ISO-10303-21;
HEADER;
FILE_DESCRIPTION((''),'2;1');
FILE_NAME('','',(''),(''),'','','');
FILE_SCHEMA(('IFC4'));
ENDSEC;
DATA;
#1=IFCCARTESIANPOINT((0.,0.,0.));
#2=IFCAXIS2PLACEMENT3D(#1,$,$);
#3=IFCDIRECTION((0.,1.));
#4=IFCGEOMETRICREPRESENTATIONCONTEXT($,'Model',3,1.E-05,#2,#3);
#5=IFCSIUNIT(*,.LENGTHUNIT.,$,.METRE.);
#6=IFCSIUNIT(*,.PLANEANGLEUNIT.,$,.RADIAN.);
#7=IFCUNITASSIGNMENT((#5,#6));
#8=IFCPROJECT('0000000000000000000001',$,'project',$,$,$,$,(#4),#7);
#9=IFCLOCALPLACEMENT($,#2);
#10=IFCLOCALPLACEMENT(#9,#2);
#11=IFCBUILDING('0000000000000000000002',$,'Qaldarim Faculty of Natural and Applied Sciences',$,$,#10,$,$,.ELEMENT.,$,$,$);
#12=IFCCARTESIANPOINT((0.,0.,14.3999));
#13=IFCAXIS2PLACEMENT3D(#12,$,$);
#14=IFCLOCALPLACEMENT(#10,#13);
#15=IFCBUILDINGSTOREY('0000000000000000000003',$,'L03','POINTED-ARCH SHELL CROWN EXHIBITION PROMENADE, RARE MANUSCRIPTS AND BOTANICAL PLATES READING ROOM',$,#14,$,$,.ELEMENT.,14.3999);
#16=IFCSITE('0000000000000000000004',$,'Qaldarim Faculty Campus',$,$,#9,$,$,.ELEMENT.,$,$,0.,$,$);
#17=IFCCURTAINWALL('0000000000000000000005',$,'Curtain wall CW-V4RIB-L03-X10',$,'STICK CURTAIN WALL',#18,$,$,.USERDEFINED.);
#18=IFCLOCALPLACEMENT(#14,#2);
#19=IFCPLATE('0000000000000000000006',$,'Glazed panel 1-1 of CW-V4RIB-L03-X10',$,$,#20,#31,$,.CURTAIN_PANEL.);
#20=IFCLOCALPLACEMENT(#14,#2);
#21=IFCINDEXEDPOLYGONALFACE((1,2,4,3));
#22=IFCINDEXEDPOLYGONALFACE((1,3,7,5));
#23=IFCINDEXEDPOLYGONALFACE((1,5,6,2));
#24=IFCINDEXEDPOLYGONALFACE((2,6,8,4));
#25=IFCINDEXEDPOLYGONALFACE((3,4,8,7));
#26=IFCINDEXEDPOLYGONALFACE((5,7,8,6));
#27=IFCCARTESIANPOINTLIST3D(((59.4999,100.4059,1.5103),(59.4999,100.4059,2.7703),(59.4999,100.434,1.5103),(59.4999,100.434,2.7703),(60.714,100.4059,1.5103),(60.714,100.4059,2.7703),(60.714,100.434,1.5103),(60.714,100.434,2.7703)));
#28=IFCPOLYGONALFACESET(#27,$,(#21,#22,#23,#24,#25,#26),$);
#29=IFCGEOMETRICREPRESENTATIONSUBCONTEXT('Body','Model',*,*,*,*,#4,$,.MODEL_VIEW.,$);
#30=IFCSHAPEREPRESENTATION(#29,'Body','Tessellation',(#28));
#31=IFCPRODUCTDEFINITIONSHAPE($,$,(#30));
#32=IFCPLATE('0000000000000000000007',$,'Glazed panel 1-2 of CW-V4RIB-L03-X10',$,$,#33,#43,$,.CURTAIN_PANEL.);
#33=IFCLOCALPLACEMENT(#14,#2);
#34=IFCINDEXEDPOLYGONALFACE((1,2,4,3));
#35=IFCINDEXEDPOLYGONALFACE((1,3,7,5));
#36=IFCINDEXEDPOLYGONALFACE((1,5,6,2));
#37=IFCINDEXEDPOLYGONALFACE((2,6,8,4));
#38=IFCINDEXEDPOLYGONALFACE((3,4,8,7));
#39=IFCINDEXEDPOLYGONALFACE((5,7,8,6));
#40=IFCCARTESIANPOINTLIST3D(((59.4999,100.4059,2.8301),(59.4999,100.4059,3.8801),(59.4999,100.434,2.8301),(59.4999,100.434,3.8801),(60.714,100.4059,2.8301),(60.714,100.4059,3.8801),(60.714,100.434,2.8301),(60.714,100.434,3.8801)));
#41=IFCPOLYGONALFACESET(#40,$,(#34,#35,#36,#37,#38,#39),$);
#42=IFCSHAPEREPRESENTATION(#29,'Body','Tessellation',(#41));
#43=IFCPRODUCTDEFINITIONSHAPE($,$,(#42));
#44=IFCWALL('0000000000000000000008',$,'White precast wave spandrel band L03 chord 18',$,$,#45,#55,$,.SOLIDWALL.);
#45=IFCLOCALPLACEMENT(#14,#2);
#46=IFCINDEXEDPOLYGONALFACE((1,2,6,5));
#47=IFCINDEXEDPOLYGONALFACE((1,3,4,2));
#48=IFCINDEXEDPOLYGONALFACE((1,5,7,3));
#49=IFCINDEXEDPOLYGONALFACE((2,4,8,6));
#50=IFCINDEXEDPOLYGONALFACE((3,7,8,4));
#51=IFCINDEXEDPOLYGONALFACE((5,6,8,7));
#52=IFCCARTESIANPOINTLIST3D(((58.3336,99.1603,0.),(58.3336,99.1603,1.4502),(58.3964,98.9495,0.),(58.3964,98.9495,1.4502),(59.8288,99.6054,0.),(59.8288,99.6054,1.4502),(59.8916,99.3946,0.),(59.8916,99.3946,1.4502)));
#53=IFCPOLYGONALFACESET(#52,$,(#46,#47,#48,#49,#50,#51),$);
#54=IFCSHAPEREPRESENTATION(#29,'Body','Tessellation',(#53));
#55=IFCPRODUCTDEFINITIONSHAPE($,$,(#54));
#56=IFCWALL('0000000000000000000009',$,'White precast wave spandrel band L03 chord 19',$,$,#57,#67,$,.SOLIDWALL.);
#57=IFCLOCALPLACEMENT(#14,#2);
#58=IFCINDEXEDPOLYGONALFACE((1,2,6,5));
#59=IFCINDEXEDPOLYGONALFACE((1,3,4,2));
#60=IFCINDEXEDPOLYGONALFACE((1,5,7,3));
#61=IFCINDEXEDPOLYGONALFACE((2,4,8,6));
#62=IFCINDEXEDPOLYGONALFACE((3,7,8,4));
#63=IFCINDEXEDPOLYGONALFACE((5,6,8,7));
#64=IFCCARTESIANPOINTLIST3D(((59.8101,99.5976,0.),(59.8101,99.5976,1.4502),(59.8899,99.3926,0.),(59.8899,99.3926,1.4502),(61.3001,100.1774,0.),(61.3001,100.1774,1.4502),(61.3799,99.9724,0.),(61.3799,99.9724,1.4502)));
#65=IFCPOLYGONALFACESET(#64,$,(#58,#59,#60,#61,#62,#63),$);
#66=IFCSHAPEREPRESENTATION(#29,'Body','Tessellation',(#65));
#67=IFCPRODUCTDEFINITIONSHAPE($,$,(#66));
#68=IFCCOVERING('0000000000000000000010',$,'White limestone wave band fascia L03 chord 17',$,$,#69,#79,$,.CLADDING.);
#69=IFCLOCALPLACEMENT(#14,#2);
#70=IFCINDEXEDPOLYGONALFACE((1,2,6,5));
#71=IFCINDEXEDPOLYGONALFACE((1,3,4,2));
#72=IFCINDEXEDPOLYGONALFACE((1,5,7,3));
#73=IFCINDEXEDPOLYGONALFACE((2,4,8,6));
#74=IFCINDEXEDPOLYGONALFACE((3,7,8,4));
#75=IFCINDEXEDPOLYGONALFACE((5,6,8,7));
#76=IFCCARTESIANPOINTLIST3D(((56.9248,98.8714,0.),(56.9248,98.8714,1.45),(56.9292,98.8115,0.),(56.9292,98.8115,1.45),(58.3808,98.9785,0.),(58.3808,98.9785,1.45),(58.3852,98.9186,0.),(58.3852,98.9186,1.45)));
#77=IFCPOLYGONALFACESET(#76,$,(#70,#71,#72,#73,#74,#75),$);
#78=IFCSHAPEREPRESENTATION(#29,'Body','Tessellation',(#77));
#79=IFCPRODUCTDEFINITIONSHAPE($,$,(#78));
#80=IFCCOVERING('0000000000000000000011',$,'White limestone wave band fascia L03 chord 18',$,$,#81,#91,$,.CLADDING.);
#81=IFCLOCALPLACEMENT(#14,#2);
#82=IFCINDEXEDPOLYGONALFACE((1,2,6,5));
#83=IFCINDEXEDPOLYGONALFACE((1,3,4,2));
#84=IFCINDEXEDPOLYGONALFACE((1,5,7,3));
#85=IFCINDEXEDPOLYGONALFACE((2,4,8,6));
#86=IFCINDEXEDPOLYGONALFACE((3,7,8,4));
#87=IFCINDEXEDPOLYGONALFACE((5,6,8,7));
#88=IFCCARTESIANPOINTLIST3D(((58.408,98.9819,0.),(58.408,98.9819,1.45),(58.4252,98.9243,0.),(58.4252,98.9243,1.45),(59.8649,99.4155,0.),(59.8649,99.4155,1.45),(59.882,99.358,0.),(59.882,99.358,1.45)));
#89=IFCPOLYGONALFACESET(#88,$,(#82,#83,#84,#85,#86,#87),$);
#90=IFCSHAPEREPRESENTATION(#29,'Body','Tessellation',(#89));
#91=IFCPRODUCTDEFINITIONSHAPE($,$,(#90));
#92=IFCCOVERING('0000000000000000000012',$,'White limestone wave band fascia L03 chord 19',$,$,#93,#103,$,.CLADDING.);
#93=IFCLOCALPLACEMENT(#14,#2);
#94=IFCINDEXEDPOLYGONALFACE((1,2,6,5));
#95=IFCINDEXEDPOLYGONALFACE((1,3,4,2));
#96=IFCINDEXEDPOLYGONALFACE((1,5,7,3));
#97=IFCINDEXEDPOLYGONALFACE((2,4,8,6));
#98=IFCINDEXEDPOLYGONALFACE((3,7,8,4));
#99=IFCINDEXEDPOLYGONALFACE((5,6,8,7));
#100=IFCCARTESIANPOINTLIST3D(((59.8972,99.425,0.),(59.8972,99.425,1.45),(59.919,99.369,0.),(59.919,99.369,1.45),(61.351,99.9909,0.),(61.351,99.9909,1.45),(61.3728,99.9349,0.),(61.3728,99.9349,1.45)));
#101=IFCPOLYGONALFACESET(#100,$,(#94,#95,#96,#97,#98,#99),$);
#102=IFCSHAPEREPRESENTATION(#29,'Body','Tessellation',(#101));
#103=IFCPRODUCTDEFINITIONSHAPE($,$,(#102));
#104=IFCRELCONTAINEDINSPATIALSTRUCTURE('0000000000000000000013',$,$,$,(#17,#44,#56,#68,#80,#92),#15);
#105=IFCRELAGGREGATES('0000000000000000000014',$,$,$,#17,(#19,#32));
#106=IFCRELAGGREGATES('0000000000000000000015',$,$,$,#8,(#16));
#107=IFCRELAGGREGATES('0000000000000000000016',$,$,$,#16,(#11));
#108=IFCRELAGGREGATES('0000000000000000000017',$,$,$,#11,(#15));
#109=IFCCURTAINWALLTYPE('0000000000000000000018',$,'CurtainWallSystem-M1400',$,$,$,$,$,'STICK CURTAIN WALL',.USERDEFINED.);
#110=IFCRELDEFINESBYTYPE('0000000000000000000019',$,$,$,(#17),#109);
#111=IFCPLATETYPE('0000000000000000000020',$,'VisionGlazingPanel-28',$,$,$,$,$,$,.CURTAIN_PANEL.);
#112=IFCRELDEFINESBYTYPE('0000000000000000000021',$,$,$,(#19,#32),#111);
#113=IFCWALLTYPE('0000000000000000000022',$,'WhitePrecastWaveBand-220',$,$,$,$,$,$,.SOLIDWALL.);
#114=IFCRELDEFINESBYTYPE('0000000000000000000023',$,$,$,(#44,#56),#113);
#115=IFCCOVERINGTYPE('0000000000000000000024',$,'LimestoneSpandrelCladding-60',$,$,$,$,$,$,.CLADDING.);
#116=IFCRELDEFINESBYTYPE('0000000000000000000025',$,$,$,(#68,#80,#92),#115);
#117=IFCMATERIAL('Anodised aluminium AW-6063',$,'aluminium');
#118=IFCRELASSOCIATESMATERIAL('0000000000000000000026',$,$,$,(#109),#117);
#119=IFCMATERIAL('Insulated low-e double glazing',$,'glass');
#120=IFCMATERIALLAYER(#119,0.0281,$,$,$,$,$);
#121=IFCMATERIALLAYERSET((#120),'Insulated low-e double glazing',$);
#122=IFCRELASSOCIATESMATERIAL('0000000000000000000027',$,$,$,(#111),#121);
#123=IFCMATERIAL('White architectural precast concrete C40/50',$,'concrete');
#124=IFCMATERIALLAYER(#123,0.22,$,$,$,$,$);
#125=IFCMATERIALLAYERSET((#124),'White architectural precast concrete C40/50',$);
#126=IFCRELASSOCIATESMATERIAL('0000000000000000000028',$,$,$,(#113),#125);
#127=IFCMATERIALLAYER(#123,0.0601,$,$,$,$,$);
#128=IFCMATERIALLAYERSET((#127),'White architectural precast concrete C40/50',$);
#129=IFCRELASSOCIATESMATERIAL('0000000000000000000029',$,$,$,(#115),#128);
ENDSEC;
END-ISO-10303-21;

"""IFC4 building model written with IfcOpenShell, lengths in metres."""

from ifc_helpers import new_model, si_unit, direction, frame, frame_2d, origin, origin_2d, place, context, subcontext, project, spatial, rectangle, extrude, material, layer, layer_set, type_object, element, aggregate, save


model = new_model("IFC4")

# Units and contexts
model_context = context("Model", 3, precision=1e-05, world=origin(), true_north=direction((0.0, 1.0)))
body_context = subcontext(model_context, "Body", "Model", "MODEL_VIEW")
ifc_project = project(units=[si_unit("LENGTHUNIT", "METRE"), si_unit("PLANEANGLEUNIT", "RADIAN")], contexts=[model_context])

# Site, building, storey
site_placement = place(None, origin())
site = spatial("IfcSite", under=ifc_project, at=site_placement, Name="Qaldarim Faculty Campus", CompositionType="ELEMENT", RefElevation=0.0)
building_placement = place(site_placement, origin())
building = spatial("IfcBuilding", under=site, at=building_placement, Name="Qaldarim Faculty of Natural and Applied Sciences", CompositionType="ELEMENT")
storey_placement = place(building_placement, frame((0.0, 0.0, 14.3999)))
storey = spatial("IfcBuildingStorey", under=building, at=storey_placement, Name="L03", Description="POINTED-ARCH SHELL CROWN EXHIBITION PROMENADE, RARE MANUSCRIPTS AND BOTANICAL PLATES READING ROOM", CompositionType="ELEMENT", Elevation=14.3999)

# Curtain wall
ifc_material_1 = material(Name="Anodised aluminium AW-6063", Category="aluminium")
curtain_wall_type = type_object("IfcCurtainWallType", Name="CurtainWallSystem-M1400", ElementType="STICK CURTAIN WALL", PredefinedType="USERDEFINED", material=ifc_material_1)
curtain_wall_1_placement = place(storey_placement, origin())
curtain_wall_1 = element("IfcCurtainWall", 1, at=curtain_wall_1_placement, inside=storey, type_object=curtain_wall_type, Name="Curtain wall CW-V4RIB-L03-X10", ObjectType="STICK CURTAIN WALL", PredefinedType="USERDEFINED")

# Plates
ifc_material_2 = material(Name="Insulated low-e double glazing", Category="glass")
ifc_layer_1 = layer(ifc_material_2, 0.0281)
ifc_layer_set_1 = layer_set([ifc_layer_1], Name="Insulated low-e double glazing")
plate_type = type_object("IfcPlateType", Name="VisionGlazingPanel-28", PredefinedType="CURTAIN_PANEL", material=ifc_layer_set_1)
plate_1_placement = place(storey_placement, frame((60.1069, 100.4199, 1.5103), z_axis=(0.0, 0.0, 1.0), x_axis=(1.0, 0.0, 0.0)))
plate_1 = element("IfcPlate", 2, at=plate_1_placement, type_object=plate_type, Name="Glazed panel 1-1 of CW-V4RIB-L03-X10", PredefinedType="CURTAIN_PANEL", context=body_context, shape_type="SweptSolid", body=[
    extrude(rectangle(XDim=1.2141, YDim=0.0281, at=origin_2d()), origin(), (0.0, 0.0, 1.0), 1.26),
])
plate_2_placement = place(storey_placement, frame((60.1069, 100.4199, 2.8301), z_axis=(0.0, 0.0, 1.0), x_axis=(1.0, 0.0, 0.0)))
plate_2 = element("IfcPlate", 3, at=plate_2_placement, type_object=plate_type, Name="Glazed panel 1-2 of CW-V4RIB-L03-X10", PredefinedType="CURTAIN_PANEL", context=body_context, shape_type="SweptSolid", body=[
    extrude(rectangle(XDim=1.2141, YDim=0.0281, at=origin_2d()), origin(), (0.0, 0.0, 1.0), 1.05),
])
aggregate(curtain_wall_1, [plate_1, plate_2])

# Walls
ifc_material_3 = material(Name="White architectural precast concrete C40/50", Category="concrete")
ifc_layer_2 = layer(ifc_material_3, 0.22)
ifc_layer_set_2 = layer_set([ifc_layer_2], Name="White architectural precast concrete C40/50")
wall_type = type_object("IfcWallType", Name="WhitePrecastWaveBand-220", PredefinedType="SOLIDWALL", material=ifc_layer_set_2)
wall_1_placement = place(storey_placement, frame((58.365, 99.0549, 0.0), z_axis=(0.0, 0.0, 1.0), x_axis=(0.958436, 0.285308, 0.0)))
element("IfcWall", 4, at=wall_1_placement, inside=storey, type_object=wall_type, Name="White precast wave spandrel band L03 chord 18", PredefinedType="SOLIDWALL", context=body_context, shape_type="SweptSolid", body=[
    extrude(rectangle(XDim=1.5601, YDim=0.22, at=frame_2d((0.78, 0.0))), origin(), (0.0, 0.0, 1.0), 1.4502),
])
wall_2_placement = place(storey_placement, frame((59.8501, 99.4951, 0.0), z_axis=(0.0, 0.0, 1.0), x_axis=(0.931922, 0.36266, 0.0)))
element("IfcWall", 5, at=wall_2_placement, inside=storey, type_object=wall_type, Name="White precast wave spandrel band L03 chord 19", PredefinedType="SOLIDWALL", context=body_context, shape_type="SweptSolid", body=[
    extrude(rectangle(XDim=1.5989, YDim=0.22, at=frame_2d((0.7993, 0.0))), origin(), (0.0, 0.0, 1.0), 1.4502),
])

# Coverings
ifc_layer_3 = layer(ifc_material_3, 0.0601)
ifc_layer_set_3 = layer_set([ifc_layer_3], Name="White architectural precast concrete C40/50")
covering_type = type_object("IfcCoveringType", Name="LimestoneSpandrelCladding-60", PredefinedType="CLADDING", material=ifc_layer_set_3)
covering_1_placement = place(storey_placement, frame((57.655, 98.895, 0.0), z_axis=(0.0, 0.0, 1.0), x_axis=(0.997304, 0.073377, 0.0)))
element("IfcCovering", 6, at=covering_1_placement, inside=storey, type_object=covering_type, Name="White limestone wave band fascia L03 chord 17", PredefinedType="CLADDING", context=body_context, shape_type="SweptSolid", body=[
    extrude(rectangle(XDim=1.46, YDim=0.0601, at=origin_2d()), origin(), (0.0, 0.0, 1.0), 1.45),
])
covering_2_placement = place(storey_placement, frame((59.145, 99.1699, 0.0), z_axis=(0.0, 0.0, 1.0), x_axis=(0.958442, 0.285287, 0.0)))
element("IfcCovering", 7, at=covering_2_placement, inside=storey, type_object=covering_type, Name="White limestone wave band fascia L03 chord 18", PredefinedType="CLADDING", context=body_context, shape_type="SweptSolid", body=[
    extrude(rectangle(XDim=1.52, YDim=0.0601, at=origin_2d()), origin(), (0.0, 0.0, 1.0), 1.45),
])
covering_3_placement = place(storey_placement, frame((60.635, 99.6799, 0.0), z_axis=(0.0, 0.0, 1.0), x_axis=(0.931888, 0.362747, 0.0)))
element("IfcCovering", 8, at=covering_3_placement, inside=storey, type_object=covering_type, Name="White limestone wave band fascia L03 chord 19", PredefinedType="CLADDING", context=body_context, shape_type="SweptSolid", body=[
    extrude(rectangle(XDim=1.5601, YDim=0.0601, at=origin_2d()), origin(), (0.0, 0.0, 1.0), 1.45),
])

save(model, "model.ifc")
